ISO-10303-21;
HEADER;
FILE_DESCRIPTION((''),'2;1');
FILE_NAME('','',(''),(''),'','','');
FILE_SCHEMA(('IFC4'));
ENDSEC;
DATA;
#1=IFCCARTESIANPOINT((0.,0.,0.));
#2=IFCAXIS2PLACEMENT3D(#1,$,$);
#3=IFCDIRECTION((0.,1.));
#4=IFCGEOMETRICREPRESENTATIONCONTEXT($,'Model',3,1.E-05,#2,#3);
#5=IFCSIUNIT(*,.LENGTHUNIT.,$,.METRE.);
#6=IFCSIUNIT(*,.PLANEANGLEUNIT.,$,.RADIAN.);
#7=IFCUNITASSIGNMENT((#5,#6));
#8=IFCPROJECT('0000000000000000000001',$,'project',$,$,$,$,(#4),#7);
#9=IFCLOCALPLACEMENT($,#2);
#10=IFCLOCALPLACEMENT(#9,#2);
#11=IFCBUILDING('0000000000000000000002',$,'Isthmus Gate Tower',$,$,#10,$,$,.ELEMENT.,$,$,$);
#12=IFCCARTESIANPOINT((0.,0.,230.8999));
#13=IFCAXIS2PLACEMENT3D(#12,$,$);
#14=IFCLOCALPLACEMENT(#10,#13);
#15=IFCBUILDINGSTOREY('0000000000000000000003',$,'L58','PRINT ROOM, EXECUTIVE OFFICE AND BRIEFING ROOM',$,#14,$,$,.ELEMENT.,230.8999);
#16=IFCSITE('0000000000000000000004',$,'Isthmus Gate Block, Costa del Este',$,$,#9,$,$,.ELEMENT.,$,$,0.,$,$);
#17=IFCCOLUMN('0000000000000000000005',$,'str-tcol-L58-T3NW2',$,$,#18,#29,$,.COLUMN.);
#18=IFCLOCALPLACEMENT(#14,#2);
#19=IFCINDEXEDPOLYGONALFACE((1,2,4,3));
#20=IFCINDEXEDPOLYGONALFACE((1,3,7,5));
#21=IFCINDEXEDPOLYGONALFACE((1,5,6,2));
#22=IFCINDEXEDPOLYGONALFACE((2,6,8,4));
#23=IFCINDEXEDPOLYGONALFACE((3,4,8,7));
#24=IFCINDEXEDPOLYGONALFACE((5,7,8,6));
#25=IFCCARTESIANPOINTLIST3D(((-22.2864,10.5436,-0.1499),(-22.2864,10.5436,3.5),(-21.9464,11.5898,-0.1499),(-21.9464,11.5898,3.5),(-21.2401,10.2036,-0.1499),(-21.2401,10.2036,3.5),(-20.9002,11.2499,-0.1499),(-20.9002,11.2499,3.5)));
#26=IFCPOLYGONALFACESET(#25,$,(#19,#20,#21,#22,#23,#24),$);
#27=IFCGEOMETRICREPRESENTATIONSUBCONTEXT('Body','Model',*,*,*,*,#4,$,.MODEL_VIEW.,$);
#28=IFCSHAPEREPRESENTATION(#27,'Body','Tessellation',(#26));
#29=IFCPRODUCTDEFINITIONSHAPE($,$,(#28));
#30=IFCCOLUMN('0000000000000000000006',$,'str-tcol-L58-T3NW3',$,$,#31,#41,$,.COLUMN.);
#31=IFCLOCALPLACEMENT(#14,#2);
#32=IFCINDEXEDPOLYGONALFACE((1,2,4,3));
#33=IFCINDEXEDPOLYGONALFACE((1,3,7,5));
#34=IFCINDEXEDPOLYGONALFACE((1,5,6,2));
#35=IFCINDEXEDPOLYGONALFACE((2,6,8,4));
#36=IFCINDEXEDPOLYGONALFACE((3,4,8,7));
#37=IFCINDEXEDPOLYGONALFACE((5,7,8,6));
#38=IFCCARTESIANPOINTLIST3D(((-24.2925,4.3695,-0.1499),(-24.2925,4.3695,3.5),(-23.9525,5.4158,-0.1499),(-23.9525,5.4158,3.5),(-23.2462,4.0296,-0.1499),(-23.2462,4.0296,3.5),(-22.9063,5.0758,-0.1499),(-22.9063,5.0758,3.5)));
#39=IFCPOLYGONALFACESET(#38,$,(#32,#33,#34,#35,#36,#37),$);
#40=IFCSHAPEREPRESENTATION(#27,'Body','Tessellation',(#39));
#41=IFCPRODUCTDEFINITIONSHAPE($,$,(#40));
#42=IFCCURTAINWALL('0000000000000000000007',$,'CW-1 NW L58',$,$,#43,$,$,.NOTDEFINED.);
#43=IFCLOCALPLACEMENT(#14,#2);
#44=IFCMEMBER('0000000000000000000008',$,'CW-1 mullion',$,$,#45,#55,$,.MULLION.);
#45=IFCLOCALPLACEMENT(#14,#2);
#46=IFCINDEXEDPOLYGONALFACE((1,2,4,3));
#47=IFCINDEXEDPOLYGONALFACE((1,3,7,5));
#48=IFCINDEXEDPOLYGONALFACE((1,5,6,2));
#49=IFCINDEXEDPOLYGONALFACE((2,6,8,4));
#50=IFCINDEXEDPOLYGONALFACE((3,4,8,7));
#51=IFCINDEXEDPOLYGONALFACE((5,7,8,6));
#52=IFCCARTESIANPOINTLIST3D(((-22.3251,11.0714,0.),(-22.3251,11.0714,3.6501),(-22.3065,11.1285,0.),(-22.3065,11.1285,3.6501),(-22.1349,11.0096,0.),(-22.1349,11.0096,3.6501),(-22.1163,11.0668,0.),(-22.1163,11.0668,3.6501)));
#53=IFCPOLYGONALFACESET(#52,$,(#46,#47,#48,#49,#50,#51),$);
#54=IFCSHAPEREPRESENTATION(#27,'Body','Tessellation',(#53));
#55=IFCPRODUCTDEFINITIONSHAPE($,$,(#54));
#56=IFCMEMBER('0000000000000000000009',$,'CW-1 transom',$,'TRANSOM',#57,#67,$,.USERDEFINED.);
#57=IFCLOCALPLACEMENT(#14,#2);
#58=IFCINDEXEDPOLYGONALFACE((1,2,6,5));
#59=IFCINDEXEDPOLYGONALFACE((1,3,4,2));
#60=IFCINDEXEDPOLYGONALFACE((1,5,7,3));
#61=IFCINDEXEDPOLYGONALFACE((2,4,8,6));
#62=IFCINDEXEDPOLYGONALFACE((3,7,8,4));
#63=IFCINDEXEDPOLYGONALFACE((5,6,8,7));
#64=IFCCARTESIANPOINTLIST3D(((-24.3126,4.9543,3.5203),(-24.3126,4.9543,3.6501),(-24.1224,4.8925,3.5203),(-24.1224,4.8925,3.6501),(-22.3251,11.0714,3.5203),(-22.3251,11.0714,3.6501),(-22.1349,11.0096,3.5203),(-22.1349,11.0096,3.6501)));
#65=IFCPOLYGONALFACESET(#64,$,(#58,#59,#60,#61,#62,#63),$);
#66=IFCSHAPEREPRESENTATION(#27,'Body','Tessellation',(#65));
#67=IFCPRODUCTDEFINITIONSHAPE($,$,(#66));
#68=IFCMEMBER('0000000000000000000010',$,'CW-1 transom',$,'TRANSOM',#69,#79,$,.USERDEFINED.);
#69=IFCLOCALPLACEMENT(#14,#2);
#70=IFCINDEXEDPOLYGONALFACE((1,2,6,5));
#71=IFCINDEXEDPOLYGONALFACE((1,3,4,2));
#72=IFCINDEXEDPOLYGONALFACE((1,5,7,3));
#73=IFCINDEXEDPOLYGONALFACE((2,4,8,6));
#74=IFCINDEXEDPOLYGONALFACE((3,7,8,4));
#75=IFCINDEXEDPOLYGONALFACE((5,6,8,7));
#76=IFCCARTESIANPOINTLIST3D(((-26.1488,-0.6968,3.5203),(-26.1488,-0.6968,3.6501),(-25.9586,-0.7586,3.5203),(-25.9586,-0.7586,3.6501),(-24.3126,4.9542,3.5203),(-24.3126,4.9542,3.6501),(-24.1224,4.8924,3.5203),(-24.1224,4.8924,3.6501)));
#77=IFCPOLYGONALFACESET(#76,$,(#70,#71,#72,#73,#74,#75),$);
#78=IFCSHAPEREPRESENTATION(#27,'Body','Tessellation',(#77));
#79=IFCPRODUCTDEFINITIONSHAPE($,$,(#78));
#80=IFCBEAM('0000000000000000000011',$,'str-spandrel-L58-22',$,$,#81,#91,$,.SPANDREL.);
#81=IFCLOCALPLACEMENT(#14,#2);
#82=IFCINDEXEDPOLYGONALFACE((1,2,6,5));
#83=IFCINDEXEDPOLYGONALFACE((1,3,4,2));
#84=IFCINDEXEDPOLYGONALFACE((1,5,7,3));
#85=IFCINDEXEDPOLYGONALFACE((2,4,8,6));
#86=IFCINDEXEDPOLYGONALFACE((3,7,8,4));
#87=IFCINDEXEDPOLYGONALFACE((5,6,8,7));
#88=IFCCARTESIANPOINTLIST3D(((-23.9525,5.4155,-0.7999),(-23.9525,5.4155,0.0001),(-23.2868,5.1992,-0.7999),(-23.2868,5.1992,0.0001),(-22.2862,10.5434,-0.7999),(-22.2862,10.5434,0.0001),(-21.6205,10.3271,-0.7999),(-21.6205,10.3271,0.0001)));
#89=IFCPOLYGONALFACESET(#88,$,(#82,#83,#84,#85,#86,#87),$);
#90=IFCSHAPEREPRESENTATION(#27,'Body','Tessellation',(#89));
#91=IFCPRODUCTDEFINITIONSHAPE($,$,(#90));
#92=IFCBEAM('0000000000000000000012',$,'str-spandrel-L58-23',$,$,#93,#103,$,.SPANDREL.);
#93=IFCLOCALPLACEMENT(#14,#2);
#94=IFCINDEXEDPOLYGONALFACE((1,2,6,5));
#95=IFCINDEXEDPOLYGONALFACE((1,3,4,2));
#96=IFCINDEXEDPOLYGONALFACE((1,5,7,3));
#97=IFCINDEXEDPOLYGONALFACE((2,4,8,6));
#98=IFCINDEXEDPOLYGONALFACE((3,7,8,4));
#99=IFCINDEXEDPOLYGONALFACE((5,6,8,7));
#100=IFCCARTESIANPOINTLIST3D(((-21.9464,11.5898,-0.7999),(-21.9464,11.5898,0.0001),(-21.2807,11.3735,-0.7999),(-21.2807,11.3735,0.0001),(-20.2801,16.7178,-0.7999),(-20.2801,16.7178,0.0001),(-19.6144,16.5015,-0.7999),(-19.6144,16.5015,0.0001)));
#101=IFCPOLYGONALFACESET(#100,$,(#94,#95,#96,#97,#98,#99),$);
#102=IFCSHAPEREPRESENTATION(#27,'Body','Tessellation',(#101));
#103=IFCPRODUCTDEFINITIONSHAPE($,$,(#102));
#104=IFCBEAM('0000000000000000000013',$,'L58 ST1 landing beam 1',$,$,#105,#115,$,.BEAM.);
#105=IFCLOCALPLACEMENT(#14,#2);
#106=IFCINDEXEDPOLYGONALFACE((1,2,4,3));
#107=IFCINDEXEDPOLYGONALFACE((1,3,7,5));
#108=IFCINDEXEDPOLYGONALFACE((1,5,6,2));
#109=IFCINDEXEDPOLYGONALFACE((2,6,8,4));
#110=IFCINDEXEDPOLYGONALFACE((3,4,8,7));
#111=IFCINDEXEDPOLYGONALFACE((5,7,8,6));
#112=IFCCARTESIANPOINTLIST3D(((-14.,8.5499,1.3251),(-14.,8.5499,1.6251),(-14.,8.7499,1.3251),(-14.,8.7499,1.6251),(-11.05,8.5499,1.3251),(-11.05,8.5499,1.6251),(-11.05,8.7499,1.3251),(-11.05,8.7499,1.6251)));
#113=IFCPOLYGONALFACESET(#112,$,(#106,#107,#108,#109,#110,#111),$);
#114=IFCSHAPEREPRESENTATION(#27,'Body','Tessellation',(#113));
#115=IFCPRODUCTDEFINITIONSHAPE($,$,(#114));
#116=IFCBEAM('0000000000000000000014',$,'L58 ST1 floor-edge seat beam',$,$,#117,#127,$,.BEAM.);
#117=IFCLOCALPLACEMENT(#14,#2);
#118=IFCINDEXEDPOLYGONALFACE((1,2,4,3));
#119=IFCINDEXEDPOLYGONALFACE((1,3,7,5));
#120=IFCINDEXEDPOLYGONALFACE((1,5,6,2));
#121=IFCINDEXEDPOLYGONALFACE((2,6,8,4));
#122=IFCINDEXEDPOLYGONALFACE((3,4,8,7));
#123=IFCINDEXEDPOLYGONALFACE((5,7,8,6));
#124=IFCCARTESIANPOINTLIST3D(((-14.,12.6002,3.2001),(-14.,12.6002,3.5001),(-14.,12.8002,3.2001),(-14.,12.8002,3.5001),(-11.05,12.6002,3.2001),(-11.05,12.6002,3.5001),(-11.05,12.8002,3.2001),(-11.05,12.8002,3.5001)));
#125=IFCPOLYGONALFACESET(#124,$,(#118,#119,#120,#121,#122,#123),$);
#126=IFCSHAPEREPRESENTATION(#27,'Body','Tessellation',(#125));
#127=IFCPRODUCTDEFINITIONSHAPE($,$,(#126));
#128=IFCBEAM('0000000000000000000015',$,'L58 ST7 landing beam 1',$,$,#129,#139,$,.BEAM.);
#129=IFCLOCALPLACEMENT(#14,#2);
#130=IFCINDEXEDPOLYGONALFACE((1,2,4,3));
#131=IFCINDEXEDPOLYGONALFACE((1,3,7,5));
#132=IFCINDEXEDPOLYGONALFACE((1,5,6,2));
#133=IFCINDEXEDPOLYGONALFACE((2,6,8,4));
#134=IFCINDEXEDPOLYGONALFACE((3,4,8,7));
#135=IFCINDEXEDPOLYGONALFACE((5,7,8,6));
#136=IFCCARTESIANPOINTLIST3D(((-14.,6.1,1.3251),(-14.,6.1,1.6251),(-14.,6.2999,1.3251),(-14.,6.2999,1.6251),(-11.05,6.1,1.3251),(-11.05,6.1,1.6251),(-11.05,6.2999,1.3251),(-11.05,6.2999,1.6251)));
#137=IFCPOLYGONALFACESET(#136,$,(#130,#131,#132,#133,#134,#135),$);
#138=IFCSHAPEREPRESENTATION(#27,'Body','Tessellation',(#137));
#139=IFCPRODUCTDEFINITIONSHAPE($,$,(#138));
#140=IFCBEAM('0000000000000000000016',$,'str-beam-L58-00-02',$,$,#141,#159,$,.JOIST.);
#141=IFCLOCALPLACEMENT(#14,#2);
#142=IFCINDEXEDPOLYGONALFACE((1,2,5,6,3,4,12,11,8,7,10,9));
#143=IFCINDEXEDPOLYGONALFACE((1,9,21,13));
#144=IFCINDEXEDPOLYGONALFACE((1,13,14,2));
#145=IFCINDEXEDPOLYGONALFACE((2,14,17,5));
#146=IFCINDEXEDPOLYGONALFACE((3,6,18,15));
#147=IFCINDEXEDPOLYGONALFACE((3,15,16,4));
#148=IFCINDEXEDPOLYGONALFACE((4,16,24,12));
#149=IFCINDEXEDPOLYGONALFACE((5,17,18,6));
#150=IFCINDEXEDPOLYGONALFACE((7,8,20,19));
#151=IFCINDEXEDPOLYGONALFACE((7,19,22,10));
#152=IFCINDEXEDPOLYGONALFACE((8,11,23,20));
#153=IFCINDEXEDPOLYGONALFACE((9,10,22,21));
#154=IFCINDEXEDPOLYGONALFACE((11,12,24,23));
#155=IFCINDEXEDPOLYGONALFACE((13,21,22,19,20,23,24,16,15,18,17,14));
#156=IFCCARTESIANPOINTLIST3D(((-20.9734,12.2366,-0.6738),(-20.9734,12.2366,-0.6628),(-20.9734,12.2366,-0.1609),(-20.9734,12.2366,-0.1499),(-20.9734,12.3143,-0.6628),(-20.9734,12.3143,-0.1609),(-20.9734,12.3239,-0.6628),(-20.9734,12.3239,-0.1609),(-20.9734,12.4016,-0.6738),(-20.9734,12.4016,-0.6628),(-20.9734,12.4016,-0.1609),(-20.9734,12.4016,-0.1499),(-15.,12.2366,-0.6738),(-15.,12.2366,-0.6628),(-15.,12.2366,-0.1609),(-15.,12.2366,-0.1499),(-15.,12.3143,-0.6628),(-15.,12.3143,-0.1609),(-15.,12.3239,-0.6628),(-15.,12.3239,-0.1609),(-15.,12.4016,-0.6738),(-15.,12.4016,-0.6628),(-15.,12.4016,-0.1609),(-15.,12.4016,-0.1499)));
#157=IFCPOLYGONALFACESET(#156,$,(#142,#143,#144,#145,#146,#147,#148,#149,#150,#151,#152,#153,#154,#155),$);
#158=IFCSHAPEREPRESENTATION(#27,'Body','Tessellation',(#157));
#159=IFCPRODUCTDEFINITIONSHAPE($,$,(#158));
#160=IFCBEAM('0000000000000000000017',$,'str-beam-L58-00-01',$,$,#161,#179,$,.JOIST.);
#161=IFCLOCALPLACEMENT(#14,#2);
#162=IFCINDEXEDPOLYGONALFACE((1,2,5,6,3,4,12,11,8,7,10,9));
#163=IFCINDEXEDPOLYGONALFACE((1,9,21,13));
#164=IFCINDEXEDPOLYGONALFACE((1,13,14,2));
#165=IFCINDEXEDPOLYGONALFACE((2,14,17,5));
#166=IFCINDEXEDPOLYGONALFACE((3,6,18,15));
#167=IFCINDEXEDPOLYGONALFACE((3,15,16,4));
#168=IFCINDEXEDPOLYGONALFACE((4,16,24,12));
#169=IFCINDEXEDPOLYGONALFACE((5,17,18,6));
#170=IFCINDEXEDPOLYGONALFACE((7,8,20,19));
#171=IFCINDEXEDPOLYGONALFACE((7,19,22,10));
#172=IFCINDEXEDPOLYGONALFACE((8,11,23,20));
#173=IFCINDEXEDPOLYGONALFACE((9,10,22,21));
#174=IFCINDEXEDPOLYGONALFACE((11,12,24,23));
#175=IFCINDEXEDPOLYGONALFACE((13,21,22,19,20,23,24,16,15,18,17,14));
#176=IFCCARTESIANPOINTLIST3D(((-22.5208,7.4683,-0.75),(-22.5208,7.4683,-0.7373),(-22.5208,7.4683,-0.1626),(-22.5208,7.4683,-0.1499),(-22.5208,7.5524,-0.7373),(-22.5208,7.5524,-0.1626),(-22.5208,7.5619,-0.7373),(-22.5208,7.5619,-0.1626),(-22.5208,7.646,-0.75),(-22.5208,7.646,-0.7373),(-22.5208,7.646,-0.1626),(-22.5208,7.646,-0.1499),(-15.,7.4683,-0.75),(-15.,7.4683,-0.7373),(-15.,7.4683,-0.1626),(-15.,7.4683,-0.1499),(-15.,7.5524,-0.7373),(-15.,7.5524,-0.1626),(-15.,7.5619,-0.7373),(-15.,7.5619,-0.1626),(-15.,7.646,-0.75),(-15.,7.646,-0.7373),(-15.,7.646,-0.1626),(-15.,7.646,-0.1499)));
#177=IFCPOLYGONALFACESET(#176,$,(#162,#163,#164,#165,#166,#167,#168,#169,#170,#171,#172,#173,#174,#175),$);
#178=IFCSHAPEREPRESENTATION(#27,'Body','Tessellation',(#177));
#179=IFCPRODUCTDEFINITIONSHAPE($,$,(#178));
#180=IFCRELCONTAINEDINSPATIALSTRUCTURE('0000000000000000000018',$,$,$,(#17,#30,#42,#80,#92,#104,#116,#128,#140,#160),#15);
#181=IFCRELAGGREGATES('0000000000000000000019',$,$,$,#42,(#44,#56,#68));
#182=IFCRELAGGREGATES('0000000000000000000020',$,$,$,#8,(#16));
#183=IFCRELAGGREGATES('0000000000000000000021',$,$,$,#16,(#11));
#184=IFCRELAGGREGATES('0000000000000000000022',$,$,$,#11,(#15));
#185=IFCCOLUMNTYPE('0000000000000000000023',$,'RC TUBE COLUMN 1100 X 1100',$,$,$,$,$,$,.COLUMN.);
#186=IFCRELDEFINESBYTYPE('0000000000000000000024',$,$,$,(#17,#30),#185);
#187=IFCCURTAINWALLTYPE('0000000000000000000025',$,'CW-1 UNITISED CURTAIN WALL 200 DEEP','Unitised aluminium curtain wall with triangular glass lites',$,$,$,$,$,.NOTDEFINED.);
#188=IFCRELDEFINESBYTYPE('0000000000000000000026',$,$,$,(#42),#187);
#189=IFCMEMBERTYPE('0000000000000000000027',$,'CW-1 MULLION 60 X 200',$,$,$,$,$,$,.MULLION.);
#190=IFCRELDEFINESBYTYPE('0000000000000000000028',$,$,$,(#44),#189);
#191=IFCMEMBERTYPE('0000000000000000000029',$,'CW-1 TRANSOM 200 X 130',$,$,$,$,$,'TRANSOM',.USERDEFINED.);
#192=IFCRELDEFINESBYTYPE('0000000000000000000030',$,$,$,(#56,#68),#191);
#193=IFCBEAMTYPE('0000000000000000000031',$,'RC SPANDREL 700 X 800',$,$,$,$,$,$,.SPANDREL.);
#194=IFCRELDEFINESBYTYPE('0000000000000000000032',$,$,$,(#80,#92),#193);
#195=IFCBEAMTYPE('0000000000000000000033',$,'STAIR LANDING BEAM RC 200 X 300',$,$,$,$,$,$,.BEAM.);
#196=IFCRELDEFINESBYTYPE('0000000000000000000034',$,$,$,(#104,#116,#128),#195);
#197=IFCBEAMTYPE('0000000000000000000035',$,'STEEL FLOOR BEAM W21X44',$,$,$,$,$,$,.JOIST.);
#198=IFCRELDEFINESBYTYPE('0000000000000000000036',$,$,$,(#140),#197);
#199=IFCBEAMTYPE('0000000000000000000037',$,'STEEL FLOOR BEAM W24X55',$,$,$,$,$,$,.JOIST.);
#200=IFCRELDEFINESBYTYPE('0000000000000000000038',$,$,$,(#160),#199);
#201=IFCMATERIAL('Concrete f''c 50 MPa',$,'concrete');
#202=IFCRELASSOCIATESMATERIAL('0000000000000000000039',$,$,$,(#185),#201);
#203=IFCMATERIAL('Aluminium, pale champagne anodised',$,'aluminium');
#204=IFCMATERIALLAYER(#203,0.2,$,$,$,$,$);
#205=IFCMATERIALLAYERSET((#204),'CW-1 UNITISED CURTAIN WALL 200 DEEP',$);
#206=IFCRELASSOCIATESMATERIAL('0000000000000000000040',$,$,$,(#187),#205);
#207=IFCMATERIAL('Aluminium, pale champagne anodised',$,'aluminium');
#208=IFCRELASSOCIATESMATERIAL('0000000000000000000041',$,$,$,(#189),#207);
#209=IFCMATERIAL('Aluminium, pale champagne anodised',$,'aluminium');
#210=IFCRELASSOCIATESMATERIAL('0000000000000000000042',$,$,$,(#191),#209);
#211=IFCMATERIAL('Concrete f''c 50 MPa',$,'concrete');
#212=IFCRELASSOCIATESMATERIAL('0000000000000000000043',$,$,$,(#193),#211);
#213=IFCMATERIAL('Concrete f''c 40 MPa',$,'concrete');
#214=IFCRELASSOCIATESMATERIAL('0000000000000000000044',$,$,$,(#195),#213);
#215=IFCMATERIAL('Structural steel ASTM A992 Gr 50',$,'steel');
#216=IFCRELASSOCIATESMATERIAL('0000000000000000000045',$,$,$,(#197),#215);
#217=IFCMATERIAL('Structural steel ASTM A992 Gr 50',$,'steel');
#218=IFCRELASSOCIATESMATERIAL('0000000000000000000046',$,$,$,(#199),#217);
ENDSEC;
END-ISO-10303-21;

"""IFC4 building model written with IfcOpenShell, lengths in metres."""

from ifc_helpers import new_model, si_unit, direction, frame, origin, origin_2d, place, context, subcontext, project, spatial, rectangle, i_section, extrude, material, layer, layer_set, material_profile, profile_set, type_object, element, aggregate, save


model = new_model("IFC4")

# Units and contexts
model_context = context("Model", 3, precision=1e-05, world=origin(), true_north=direction((0.0, 1.0)))
body_context = subcontext(model_context, "Body", "Model", "MODEL_VIEW")
ifc_project = project(units=[si_unit("LENGTHUNIT", "METRE"), si_unit("PLANEANGLEUNIT", "RADIAN")], contexts=[model_context])

# Site, building, storey
site_placement = place(None, origin())
site = spatial("IfcSite", under=ifc_project, at=site_placement, Name="Isthmus Gate Block, Costa del Este", CompositionType="ELEMENT", RefElevation=0.0)
building_placement = place(site_placement, origin())
building = spatial("IfcBuilding", under=site, at=building_placement, Name="Isthmus Gate Tower", CompositionType="ELEMENT")
storey_placement = place(building_placement, frame((0.0, 0.0, 230.8999)))
storey = spatial("IfcBuildingStorey", under=building, at=storey_placement, Name="L58", Description="PRINT ROOM, EXECUTIVE OFFICE AND BRIEFING ROOM", CompositionType="ELEMENT", Elevation=230.8999)

# Columns
ifc_material_1 = material(Name="Concrete f'c 50 MPa", Category="concrete")
ifc_material_profile_1 = material_profile(ifc_material_1, rectangle(XDim=1.1001, YDim=1.1001, at=origin_2d()), Name="RC 1100X1100")
ifc_profile_set_1 = profile_set([ifc_material_profile_1], Name="Concrete f'c 50 MPa")
column_type = type_object("IfcColumnType", Name="RC TUBE COLUMN 1100 X 1100", PredefinedType="COLUMN", material=ifc_profile_set_1)
for number, where, z_axis, x_axis, name in (
    (1, (-21.5933, 10.8967, -0.1499), (0.0, 0.0, 1.0), (-0.309017, -0.951057, 0.0), "str-tcol-L58-T3NW2"),
    (2, (-23.5994, 4.7227, -0.1499), (0.0, 0.0, 1.0), (-0.309017, -0.951057, 0.0), "str-tcol-L58-T3NW3"),
):
    element("IfcColumn", number, at=place(storey_placement, frame(where, z_axis=z_axis, x_axis=x_axis)), inside=storey, type_object=column_type, Name=name, PredefinedType="COLUMN", context=body_context, shape_type="SweptSolid", body=[
        extrude(rectangle(XDim=1.1001, YDim=1.1001, at=origin_2d()), origin(), (0.0, 0.0, 1.0), 3.6499),
    ])

# Curtain wall, members
ifc_material_2 = material(Name="Aluminium, pale champagne anodised", Category="aluminium")
ifc_layer_1 = layer(ifc_material_2, 0.2)
ifc_layer_set_1 = layer_set([ifc_layer_1], Name="CW-1 UNITISED CURTAIN WALL 200 DEEP")
curtain_wall_type = type_object("IfcCurtainWallType", Name="CW-1 UNITISED CURTAIN WALL 200 DEEP", Description="Unitised aluminium curtain wall with triangular glass lites", PredefinedType="NOTDEFINED", material=ifc_layer_set_1)
curtain_wall_placement = place(storey_placement, origin())
curtain_wall = element("IfcCurtainWall", 3, at=curtain_wall_placement, inside=storey, type_object=curtain_wall_type, Name="CW-1 NW L58", PredefinedType="NOTDEFINED")
ifc_material_3 = material(Name="Aluminium, pale champagne anodised", Category="aluminium")
ifc_material_profile_2 = material_profile(ifc_material_3, rectangle(XDim=0.0601, YDim=0.2, at=origin_2d()), Name="60x200")
ifc_profile_set_2 = profile_set([ifc_material_profile_2], Name="Aluminium, pale champagne anodised")
member_type_1 = type_object("IfcMemberType", Name="CW-1 MULLION 60 X 200", PredefinedType="MULLION", material=ifc_profile_set_2)
member_1_placement = place(storey_placement, frame((-22.2207, 11.0691, 0.0), z_axis=(0.0, 0.0, 1.0), x_axis=(-0.309017, -0.951057, 0.0)))
member_1 = element("IfcMember", 4, at=member_1_placement, type_object=member_type_1, Name="CW-1 mullion", PredefinedType="MULLION", context=body_context, shape_type="SweptSolid", body=[
    extrude(rectangle(XDim=0.0601, YDim=0.2, at=origin_2d()), origin(), (0.0, 0.0, 1.0), 3.6501),
])
ifc_material_4 = material(Name="Aluminium, pale champagne anodised", Category="aluminium")
ifc_material_profile_3 = material_profile(ifc_material_4, rectangle(XDim=0.2, YDim=0.1299, at=origin_2d()), Name="200x130")
ifc_profile_set_3 = profile_set([ifc_material_profile_3], Name="Aluminium, pale champagne anodised")
member_type_2 = type_object("IfcMemberType", Name="CW-1 TRANSOM 200 X 130", ElementType="TRANSOM", PredefinedType="USERDEFINED", material=ifc_profile_set_3)
member_2_placement = place(storey_placement, frame((-22.23, 11.0405, 3.5852), z_axis=(-0.309011, -0.951059, 0.0), x_axis=(0.951059, -0.309011, 0.0)))
member_2 = element("IfcMember", 5, at=member_2_placement, type_object=member_type_2, Name="CW-1 transom", ObjectType="TRANSOM", PredefinedType="USERDEFINED", context=body_context, shape_type="SweptSolid", body=[
    extrude(rectangle(XDim=0.2, YDim=0.1299, at=origin_2d()), origin(), (0.0, 0.0, 1.0), 6.4319),
])
member_3_placement = place(storey_placement, frame((-24.2175, 4.9233, 3.5852), z_axis=(-0.30902, -0.951056, 0.0), x_axis=(0.951056, -0.30902, 0.0)))
member_3 = element("IfcMember", 6, at=member_3_placement, type_object=member_type_2, Name="CW-1 transom", ObjectType="TRANSOM", PredefinedType="USERDEFINED", context=body_context, shape_type="SweptSolid", body=[
    extrude(rectangle(XDim=0.2, YDim=0.1299, at=origin_2d()), origin(), (0.0, 0.0, 1.0), 5.9419),
])

# Beams
ifc_material_5 = material(Name="Concrete f'c 50 MPa", Category="concrete")
ifc_material_profile_4 = material_profile(ifc_material_5, rectangle(XDim=0.7, YDim=0.8, at=origin_2d()), Name="RC 700X800")
ifc_profile_set_4 = profile_set([ifc_material_profile_4], Name="Concrete f'c 50 MPa")
beam_type_1 = type_object("IfcBeamType", Name="RC SPANDREL 700 X 800", PredefinedType="SPANDREL", material=ifc_profile_set_4)
for number, where, z_axis, x_axis, name in (
    (7, (-23.6196, 5.3074, -0.3999), (0.309033, 0.951051, 0.0), (-0.951051, 0.309033, 0.0), "str-spandrel-L58-22"),
    (8, (-21.6135, 11.4817, -0.3999), (0.309033, 0.951051, 0.0), (-0.951051, 0.309033, 0.0), "str-spandrel-L58-23"),
):
    element("IfcBeam", number, at=place(storey_placement, frame(where, z_axis=z_axis, x_axis=x_axis)), inside=storey, type_object=beam_type_1, Name=name, PredefinedType="SPANDREL", context=body_context, shape_type="SweptSolid", body=[
        extrude(rectangle(XDim=0.7, YDim=0.8, at=origin_2d()), origin(), (0.0, 0.0, 1.0), 5.3918),
    ])
ifc_material_6 = material(Name="Concrete f'c 40 MPa", Category="concrete")
ifc_material_profile_5 = material_profile(ifc_material_6, rectangle(XDim=0.2, YDim=0.3, at=origin_2d()), Name="STAIR LANDING BEAM RC 200 X 300")
ifc_profile_set_5 = profile_set([ifc_material_profile_5], Name="Concrete f'c 40 MPa")
beam_type_2 = type_object("IfcBeamType", Name="STAIR LANDING BEAM RC 200 X 300", PredefinedType="BEAM", material=ifc_profile_set_5)
for number, where, z_axis, x_axis, name in (
    (9, (-14.0, 8.6499, 1.4751), (1.0, 0.0, 0.0), (0.0, 1.0, 0.0), "L58 ST1 landing beam 1"),
    (10, (-14.0, 12.7002, 3.3501), (1.0, 0.0, 0.0), (0.0, 1.0, 0.0), "L58 ST1 floor-edge seat beam"),
    (11, (-14.0, 6.2, 1.4751), (1.0, 0.0, 0.0), (0.0, 1.0, 0.0), "L58 ST7 landing beam 1"),
):
    element("IfcBeam", number, at=place(storey_placement, frame(where, z_axis=z_axis, x_axis=x_axis)), inside=storey, type_object=beam_type_2, Name=name, PredefinedType="BEAM", context=body_context, shape_type="SweptSolid", body=[
        extrude(rectangle(XDim=0.2, YDim=0.3, at=origin_2d()), origin(), (0.0, 0.0, 1.0), 2.95),
    ])
ifc_material_7 = material(Name="Structural steel ASTM A992 Gr 50", Category="steel")
ifc_material_profile_6 = material_profile(ifc_material_7, i_section(OverallWidth=0.165, OverallDepth=0.5239, WebThickness=0.0095, FlangeThickness=0.011, at=origin_2d()), Name="W21X44")
ifc_profile_set_6 = profile_set([ifc_material_profile_6], Name="Structural steel ASTM A992 Gr 50")
beam_type_3 = type_object("IfcBeamType", Name="STEEL FLOOR BEAM W21X44", PredefinedType="JOIST", material=ifc_profile_set_6)
beam_1_placement = place(storey_placement, frame((-20.9734, 12.3191, -0.4119), z_axis=(1.0, 0.0, 0.0), x_axis=(0.0, 1.0, 0.0)))
element("IfcBeam", 12, at=beam_1_placement, inside=storey, type_object=beam_type_3, Name="str-beam-L58-00-02", PredefinedType="JOIST", context=body_context, shape_type="SweptSolid", body=[
    extrude(i_section(OverallWidth=0.165, OverallDepth=0.5239, WebThickness=0.0095, FlangeThickness=0.011, at=origin_2d()), origin(), (0.0, 0.0, 1.0), 5.9734),
])
ifc_material_8 = material(Name="Structural steel ASTM A992 Gr 50", Category="steel")
ifc_material_profile_7 = material_profile(ifc_material_8, i_section(OverallWidth=0.1777, OverallDepth=0.6001, WebThickness=0.0095, FlangeThickness=0.0127, at=origin_2d()), Name="W24X55")
ifc_profile_set_7 = profile_set([ifc_material_profile_7], Name="Structural steel ASTM A992 Gr 50")
beam_type_4 = type_object("IfcBeamType", Name="STEEL FLOOR BEAM W24X55", PredefinedType="JOIST", material=ifc_profile_set_7)
beam_2_placement = place(storey_placement, frame((-22.5208, 7.5571, -0.45), z_axis=(1.0, 0.0, 0.0), x_axis=(0.0, 1.0, 0.0)))
element("IfcBeam", 13, at=beam_2_placement, inside=storey, type_object=beam_type_4, Name="str-beam-L58-00-01", PredefinedType="JOIST", context=body_context, shape_type="SweptSolid", body=[
    extrude(i_section(OverallWidth=0.1777, OverallDepth=0.6001, WebThickness=0.0095, FlangeThickness=0.0127, at=origin_2d()), origin(), (0.0, 0.0, 1.0), 7.5208),
])

aggregate(curtain_wall, [member_1, member_2, member_3])

save(model, "model.ifc")
